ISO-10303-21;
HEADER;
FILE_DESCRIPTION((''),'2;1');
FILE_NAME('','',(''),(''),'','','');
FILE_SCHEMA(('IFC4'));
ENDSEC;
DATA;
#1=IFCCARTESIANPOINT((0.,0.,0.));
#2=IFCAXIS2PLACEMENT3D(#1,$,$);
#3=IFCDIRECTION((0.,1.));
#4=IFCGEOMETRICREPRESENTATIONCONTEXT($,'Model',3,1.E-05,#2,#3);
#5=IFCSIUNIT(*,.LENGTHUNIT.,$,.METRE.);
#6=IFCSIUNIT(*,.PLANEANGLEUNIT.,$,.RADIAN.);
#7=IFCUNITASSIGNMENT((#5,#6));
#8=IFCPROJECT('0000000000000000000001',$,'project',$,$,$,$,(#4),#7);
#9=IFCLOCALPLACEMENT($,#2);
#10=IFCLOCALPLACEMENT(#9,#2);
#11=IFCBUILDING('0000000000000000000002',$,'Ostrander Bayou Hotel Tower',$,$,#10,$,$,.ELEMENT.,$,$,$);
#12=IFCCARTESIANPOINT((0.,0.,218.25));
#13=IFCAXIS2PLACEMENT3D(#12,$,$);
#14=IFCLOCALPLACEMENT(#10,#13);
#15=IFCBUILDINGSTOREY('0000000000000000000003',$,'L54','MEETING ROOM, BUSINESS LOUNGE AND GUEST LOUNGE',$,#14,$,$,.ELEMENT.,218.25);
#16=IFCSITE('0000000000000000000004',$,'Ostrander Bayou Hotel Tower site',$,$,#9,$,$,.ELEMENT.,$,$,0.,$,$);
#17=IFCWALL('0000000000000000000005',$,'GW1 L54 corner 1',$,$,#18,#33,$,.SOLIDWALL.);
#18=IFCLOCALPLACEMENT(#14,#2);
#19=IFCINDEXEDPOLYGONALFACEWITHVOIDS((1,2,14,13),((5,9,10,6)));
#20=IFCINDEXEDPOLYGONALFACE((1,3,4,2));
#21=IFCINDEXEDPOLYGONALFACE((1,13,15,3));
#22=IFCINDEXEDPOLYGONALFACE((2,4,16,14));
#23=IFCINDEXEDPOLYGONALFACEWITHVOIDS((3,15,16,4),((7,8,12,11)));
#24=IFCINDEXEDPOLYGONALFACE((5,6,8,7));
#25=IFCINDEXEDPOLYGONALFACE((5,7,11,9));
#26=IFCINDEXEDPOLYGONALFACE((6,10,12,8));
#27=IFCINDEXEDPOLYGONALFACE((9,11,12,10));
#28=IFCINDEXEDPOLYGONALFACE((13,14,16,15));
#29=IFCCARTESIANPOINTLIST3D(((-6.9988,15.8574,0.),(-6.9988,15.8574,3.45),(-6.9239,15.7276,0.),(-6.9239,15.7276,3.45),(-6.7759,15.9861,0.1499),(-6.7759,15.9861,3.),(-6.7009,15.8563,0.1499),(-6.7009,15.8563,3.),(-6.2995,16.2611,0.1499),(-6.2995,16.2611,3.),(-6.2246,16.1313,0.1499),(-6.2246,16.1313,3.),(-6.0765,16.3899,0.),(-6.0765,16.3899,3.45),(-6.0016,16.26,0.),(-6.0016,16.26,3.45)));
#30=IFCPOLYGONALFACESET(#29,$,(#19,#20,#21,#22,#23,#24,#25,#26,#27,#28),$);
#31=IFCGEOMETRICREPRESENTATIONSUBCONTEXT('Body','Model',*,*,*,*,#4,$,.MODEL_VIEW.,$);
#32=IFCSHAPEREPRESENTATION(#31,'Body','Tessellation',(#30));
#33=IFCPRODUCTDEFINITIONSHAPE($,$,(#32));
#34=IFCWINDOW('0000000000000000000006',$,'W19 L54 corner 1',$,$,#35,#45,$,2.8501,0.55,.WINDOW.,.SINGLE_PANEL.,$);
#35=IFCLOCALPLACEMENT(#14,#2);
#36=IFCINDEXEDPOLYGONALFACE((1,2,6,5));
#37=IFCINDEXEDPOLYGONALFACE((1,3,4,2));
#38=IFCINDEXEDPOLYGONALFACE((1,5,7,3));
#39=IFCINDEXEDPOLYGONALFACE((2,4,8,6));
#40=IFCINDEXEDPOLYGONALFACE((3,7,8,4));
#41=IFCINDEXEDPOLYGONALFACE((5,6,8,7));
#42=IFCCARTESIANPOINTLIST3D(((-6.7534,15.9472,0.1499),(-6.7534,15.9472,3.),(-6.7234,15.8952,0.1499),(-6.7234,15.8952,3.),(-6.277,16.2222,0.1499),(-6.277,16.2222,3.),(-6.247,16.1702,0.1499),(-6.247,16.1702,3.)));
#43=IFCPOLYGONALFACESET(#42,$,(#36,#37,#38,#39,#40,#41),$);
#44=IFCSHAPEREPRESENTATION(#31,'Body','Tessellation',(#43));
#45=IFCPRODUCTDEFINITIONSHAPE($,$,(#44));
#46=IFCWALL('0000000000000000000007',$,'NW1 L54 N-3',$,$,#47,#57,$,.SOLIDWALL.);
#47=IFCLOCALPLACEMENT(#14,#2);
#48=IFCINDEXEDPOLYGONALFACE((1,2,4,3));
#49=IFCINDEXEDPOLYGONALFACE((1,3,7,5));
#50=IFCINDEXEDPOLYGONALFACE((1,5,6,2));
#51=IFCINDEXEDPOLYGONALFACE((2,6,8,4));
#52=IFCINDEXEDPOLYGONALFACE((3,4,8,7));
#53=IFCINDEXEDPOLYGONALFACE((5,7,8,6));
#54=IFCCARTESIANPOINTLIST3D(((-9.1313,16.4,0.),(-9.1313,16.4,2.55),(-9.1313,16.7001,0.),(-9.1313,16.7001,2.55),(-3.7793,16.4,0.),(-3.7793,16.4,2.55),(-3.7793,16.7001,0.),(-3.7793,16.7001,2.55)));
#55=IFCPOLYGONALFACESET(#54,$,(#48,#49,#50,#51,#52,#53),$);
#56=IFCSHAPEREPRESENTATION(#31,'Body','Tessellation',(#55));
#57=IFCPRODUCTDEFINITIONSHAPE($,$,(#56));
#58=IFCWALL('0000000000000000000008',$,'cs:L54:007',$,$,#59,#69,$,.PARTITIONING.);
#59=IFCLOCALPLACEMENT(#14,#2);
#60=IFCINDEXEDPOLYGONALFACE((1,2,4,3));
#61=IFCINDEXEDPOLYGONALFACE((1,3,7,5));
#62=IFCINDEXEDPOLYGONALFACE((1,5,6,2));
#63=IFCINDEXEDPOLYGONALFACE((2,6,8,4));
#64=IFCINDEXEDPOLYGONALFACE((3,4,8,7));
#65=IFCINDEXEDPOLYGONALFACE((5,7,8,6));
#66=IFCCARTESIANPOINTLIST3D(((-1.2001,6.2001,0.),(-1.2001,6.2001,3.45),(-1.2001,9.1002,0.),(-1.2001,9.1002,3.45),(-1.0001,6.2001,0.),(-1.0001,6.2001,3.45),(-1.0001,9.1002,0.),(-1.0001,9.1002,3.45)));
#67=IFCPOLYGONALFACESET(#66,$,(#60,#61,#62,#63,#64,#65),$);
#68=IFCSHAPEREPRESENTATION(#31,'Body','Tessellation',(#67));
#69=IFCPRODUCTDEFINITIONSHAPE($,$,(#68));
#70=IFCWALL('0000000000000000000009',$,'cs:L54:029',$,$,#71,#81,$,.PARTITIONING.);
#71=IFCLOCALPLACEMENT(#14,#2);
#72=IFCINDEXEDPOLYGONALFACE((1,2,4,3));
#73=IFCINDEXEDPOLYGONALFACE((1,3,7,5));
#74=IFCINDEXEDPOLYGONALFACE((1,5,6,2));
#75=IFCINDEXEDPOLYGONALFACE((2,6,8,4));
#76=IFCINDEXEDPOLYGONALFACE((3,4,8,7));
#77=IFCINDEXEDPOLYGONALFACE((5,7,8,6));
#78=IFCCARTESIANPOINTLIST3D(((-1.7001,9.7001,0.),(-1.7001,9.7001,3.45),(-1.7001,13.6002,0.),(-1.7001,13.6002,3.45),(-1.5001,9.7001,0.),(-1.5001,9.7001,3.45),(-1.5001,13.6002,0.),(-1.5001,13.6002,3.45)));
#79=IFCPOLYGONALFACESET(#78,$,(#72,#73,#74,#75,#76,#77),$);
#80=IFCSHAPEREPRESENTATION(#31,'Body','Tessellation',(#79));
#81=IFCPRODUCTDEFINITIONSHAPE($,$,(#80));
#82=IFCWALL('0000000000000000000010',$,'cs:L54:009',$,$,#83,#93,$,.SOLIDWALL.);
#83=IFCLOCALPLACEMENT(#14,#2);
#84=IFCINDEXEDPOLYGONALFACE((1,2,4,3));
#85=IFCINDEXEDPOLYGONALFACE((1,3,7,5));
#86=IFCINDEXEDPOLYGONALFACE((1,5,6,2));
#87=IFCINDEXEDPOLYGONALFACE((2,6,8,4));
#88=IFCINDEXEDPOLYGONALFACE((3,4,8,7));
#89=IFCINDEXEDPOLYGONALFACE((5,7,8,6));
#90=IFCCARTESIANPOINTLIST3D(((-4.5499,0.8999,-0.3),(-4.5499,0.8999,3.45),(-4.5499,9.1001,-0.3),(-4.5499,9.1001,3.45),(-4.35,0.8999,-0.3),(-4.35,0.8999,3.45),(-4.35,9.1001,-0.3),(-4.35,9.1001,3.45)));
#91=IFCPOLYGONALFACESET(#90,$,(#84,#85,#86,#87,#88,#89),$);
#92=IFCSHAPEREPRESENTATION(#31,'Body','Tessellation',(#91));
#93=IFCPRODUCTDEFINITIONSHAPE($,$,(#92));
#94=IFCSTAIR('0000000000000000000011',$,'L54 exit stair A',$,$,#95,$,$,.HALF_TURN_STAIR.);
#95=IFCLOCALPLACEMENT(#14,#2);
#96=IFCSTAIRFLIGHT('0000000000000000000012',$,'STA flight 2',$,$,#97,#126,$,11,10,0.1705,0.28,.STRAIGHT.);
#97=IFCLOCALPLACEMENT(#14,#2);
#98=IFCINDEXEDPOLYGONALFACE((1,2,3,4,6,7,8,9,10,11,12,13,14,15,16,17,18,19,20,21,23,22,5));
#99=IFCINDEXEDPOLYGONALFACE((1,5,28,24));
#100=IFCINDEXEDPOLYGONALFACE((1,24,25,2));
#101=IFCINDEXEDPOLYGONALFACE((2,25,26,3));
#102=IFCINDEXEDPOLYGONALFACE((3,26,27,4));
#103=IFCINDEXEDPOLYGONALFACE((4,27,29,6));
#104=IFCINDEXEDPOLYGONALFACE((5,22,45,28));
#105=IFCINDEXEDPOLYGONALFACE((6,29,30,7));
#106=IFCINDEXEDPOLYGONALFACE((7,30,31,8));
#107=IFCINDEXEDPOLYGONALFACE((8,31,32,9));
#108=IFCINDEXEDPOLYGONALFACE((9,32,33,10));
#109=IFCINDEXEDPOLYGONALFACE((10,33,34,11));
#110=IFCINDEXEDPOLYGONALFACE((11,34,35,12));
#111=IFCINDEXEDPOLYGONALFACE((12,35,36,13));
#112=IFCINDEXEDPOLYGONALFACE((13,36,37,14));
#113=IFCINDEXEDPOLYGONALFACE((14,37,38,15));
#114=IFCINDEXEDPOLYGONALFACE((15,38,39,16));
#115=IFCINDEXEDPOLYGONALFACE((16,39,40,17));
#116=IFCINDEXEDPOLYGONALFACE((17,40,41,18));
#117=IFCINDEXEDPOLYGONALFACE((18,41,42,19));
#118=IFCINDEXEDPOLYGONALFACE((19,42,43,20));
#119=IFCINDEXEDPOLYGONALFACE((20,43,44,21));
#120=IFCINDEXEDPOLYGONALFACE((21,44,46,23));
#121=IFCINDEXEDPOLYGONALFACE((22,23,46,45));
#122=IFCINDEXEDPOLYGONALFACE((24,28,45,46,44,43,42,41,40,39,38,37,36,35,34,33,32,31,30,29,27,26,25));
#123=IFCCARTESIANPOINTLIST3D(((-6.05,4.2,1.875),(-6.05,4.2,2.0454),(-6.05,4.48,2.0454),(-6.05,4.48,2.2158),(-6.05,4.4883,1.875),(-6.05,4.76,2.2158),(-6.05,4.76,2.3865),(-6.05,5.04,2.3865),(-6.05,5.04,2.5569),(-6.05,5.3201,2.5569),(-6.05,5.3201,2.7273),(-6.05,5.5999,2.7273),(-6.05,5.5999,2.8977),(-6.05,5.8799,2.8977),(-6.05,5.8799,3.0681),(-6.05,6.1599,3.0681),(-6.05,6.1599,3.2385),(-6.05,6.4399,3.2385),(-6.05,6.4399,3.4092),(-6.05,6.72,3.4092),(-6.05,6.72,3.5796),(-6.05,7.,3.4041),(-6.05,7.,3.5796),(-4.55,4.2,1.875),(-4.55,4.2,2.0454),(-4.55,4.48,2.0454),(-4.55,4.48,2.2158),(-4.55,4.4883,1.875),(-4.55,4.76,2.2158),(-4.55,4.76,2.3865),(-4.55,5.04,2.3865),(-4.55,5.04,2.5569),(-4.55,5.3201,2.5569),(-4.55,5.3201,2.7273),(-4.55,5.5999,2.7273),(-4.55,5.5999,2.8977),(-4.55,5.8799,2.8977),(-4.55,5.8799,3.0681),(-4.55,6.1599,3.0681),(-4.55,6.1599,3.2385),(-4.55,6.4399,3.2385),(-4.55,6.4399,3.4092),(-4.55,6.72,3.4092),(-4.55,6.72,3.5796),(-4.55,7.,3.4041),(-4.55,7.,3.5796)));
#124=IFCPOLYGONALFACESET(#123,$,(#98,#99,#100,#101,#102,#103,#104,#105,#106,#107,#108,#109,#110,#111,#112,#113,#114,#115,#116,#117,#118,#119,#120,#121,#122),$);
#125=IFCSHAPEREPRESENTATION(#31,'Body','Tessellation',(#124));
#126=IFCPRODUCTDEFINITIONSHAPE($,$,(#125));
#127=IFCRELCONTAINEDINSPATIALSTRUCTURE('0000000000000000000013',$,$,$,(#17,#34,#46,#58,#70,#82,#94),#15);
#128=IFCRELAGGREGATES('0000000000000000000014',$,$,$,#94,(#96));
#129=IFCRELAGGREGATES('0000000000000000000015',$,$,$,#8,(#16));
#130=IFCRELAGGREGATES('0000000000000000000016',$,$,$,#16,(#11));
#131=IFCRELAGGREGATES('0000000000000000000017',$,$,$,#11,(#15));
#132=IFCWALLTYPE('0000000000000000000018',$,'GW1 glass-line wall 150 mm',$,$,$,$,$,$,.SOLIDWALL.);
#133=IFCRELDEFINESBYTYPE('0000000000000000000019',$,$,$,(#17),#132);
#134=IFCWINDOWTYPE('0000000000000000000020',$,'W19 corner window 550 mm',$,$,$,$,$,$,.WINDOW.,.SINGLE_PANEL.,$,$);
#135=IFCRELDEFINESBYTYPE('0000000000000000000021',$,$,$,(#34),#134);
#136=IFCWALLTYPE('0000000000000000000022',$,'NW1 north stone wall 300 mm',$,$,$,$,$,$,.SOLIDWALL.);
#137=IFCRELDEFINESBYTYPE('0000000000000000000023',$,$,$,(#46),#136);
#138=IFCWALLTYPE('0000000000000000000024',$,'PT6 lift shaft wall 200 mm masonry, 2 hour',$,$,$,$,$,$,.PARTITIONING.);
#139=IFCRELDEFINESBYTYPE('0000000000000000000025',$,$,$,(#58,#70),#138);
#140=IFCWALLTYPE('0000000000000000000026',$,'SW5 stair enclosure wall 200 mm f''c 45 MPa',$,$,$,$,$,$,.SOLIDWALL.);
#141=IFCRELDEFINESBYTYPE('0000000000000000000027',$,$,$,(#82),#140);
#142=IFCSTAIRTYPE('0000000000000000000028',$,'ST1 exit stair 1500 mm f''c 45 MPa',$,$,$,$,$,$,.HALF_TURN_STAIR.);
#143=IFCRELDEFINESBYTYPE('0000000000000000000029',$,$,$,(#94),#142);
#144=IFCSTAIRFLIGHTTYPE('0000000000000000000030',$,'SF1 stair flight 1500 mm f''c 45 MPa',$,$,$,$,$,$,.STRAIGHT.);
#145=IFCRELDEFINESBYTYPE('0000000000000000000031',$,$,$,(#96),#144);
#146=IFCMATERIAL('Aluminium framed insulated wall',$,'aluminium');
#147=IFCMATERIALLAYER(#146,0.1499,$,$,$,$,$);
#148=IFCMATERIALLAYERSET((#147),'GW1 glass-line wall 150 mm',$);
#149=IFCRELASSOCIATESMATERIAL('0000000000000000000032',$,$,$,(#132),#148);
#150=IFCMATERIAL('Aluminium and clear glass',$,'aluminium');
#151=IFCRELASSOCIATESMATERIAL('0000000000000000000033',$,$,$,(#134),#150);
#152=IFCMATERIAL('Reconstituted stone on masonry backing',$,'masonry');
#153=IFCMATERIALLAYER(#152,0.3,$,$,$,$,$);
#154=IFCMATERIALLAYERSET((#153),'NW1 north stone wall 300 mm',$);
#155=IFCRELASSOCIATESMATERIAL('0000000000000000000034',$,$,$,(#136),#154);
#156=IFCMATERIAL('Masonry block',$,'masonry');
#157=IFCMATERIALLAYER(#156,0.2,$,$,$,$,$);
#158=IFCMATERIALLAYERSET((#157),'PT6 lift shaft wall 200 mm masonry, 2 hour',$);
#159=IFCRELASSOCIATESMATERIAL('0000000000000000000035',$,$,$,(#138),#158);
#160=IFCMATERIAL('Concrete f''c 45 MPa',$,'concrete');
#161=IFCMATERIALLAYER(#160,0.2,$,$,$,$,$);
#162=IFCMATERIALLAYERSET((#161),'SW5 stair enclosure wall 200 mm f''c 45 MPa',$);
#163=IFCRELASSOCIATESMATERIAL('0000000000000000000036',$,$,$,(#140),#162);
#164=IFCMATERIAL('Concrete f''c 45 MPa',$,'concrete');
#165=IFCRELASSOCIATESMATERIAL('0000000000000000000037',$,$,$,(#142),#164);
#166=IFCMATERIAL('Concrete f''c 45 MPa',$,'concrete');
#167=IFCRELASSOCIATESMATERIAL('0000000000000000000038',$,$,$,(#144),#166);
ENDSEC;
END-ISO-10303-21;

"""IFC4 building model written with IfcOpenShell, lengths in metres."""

from ifc_helpers import new_model, si_unit, direction, frame, frame_2d, origin, place, context, subcontext, project, spatial, polyline, rectangle, outline, extrude, material, layer, layer_set, type_object, element, fill, aggregate, save


model = new_model("IFC4")

# Units and contexts
model_context = context("Model", 3, precision=1e-05, world=origin(), true_north=direction((0.0, 1.0)))
body_context = subcontext(model_context, "Body", "Model", "MODEL_VIEW")
ifc_project = project(units=[si_unit("LENGTHUNIT", "METRE"), si_unit("PLANEANGLEUNIT", "RADIAN")], contexts=[model_context])

# Site, building, storey
site_placement = place(None, origin())
site = spatial("IfcSite", under=ifc_project, at=site_placement, Name="Ostrander Bayou Hotel Tower site", CompositionType="ELEMENT", RefElevation=0.0)
building_placement = place(site_placement, origin())
building = spatial("IfcBuilding", under=site, at=building_placement, Name="Ostrander Bayou Hotel Tower", CompositionType="ELEMENT")
storey_placement = place(building_placement, frame((0.0, 0.0, 218.25)))
storey = spatial("IfcBuildingStorey", under=building, at=storey_placement, Name="L54", Description="MEETING ROOM, BUSINESS LOUNGE AND GUEST LOUNGE", CompositionType="ELEMENT", Elevation=218.25)

# Wall, opening, window
ifc_material_1 = material(Name="Aluminium framed insulated wall", Category="aluminium")
ifc_layer_1 = layer(ifc_material_1, 0.1499)
ifc_layer_set_1 = layer_set([ifc_layer_1], Name="GW1 glass-line wall 150 mm")
wall_type_1 = type_object("IfcWallType", Name="GW1 glass-line wall 150 mm", PredefinedType="SOLIDWALL", material=ifc_layer_set_1)
wall_1_placement = place(storey_placement, frame((-6.0391, 16.325, 0.0), z_axis=(0.0, 0.0, 1.0), x_axis=(-0.866048, -0.499961, 0.0)))
wall_1 = element("IfcWall", 1, at=wall_1_placement, inside=storey, type_object=wall_type_1, Name="GW1 L54 corner 1", PredefinedType="SOLIDWALL", context=body_context, shape_type="SweptSolid", body=[
    extrude(rectangle(XDim=1.0649, YDim=0.1499, at=frame_2d((0.5325, 0.0))), origin(), (0.0, 0.0, 1.0), 3.45),
])
opening_1_placement = place(wall_1_placement, frame((0.2576, 0.0, 0.1499)))
opening_1 = element("IfcOpeningElement", 2, at=opening_1_placement, cuts=wall_1, PredefinedType="OPENING", context=body_context, shape_type="SweptSolid", body=[
    extrude(rectangle(XDim=0.55, YDim=2.8501, at=frame_2d((0.2749, 1.425))), frame((0.0, 0.075, 0.0), z_axis=(0.0, -1.0, 0.0), x_axis=(1.0, 0.0, 0.0)), (0.0, 0.0, 1.0), 0.1499),
])
ifc_material_2 = material(Name="Aluminium and clear glass", Category="aluminium")
window_type = type_object("IfcWindowType", Name="W19 corner window 550 mm", PartitioningType="SINGLE_PANEL", PredefinedType="WINDOW", material=ifc_material_2)
window_placement = place(opening_1_placement, origin())
window = element("IfcWindow", 3, at=window_placement, inside=storey, type_object=window_type, Name="W19 L54 corner 1", OverallHeight=2.8501, OverallWidth=0.55, PartitioningType="SINGLE_PANEL", PredefinedType="WINDOW", context=body_context, shape_type="SweptSolid", body=[
    extrude(rectangle(XDim=0.55, YDim=2.8501, at=frame_2d((0.2749, 1.425))), frame((0.0, 0.03, 0.0), z_axis=(0.0, -1.0, 0.0), x_axis=(1.0, 0.0, 0.0)), (0.0, 0.0, 1.0), 0.0601),
])
fill(opening_1, window)

# Wall
ifc_material_3 = material(Name="Reconstituted stone on masonry backing", Category="masonry")
ifc_layer_2 = layer(ifc_material_3, 0.3)
ifc_layer_set_2 = layer_set([ifc_layer_2], Name="NW1 north stone wall 300 mm")
wall_type_2 = type_object("IfcWallType", Name="NW1 north stone wall 300 mm", PredefinedType="SOLIDWALL", material=ifc_layer_set_2)
wall_2_placement = place(storey_placement, frame((-3.7793, 16.55, 0.0), z_axis=(0.0, 0.0, 1.0), x_axis=(-1.0, 0.0, 0.0)))
element("IfcWall", 4, at=wall_2_placement, inside=storey, type_object=wall_type_2, Name="NW1 L54 N-3", PredefinedType="SOLIDWALL", context=body_context, shape_type="SweptSolid", body=[
    extrude(rectangle(XDim=5.3521, YDim=0.3, at=frame_2d((2.676, 0.0))), origin(), (0.0, 0.0, 1.0), 2.55),
])

# Shared definitions
ifc_material_4 = material(Name="Masonry block", Category="masonry")
ifc_layer_3 = layer(ifc_material_4, 0.2)
ifc_layer_set_3 = layer_set([ifc_layer_3], Name="PT6 lift shaft wall 200 mm masonry, 2 hour")
wall_type_3 = type_object("IfcWallType", Name="PT6 lift shaft wall 200 mm masonry, 2 hour", PredefinedType="PARTITIONING", material=ifc_layer_set_3)

# Walls
wall_3_placement = place(storey_placement, frame((-1.1001, 6.2, 0.0), z_axis=(0.0, 0.0, 1.0), x_axis=(0.0, 1.0, 0.0)))
element("IfcWall", 5, at=wall_3_placement, inside=storey, type_object=wall_type_3, Name="cs:L54:007", PredefinedType="PARTITIONING", context=body_context, shape_type="SweptSolid", body=[
    extrude(rectangle(XDim=2.9001, YDim=0.2, at=frame_2d((1.4502, 0.0))), origin(), (0.0, 0.0, 1.0), 3.45),
])
wall_4_placement = place(storey_placement, frame((-1.6001, 9.7, 0.0), z_axis=(0.0, 0.0, 1.0), x_axis=(0.0, 1.0, 0.0)))
element("IfcWall", 6, at=wall_4_placement, inside=storey, type_object=wall_type_3, Name="cs:L54:029", PredefinedType="PARTITIONING", context=body_context, shape_type="SweptSolid", body=[
    extrude(rectangle(XDim=3.9001, YDim=0.2, at=frame_2d((1.9502, 0.0))), origin(), (0.0, 0.0, 1.0), 3.45),
])
ifc_material_5 = material(Name="Concrete f'c 45 MPa", Category="concrete")
ifc_layer_4 = layer(ifc_material_5, 0.2)
ifc_layer_set_4 = layer_set([ifc_layer_4], Name="SW5 stair enclosure wall 200 mm f'c 45 MPa")
wall_type_4 = type_object("IfcWallType", Name="SW5 stair enclosure wall 200 mm f'c 45 MPa", PredefinedType="SOLIDWALL", material=ifc_layer_set_4)
wall_5_placement = place(storey_placement, frame((-4.45, 0.8999, -0.3), z_axis=(0.0, 0.0, 1.0), x_axis=(0.0, 1.0, 0.0)))
element("IfcWall", 7, at=wall_5_placement, inside=storey, type_object=wall_type_4, Name="cs:L54:009", PredefinedType="SOLIDWALL", context=body_context, shape_type="SweptSolid", body=[
    extrude(rectangle(XDim=8.2002, YDim=0.2, at=frame_2d((4.1001, 0.0))), origin(), (0.0, 0.0, 1.0), 3.75),
])

# Stair, stair flight
ifc_material_6 = material(Name="Concrete f'c 45 MPa", Category="concrete")
stair_type = type_object("IfcStairType", Name="ST1 exit stair 1500 mm f'c 45 MPa", PredefinedType="HALF_TURN_STAIR", material=ifc_material_6)
stair_placement = place(storey_placement, origin())
stair = element("IfcStair", 8, at=stair_placement, inside=storey, type_object=stair_type, Name="L54 exit stair A", PredefinedType="HALF_TURN_STAIR")
ifc_material_7 = material(Name="Concrete f'c 45 MPa", Category="concrete")
stair_flight_type = type_object("IfcStairFlightType", Name="SF1 stair flight 1500 mm f'c 45 MPa", PredefinedType="STRAIGHT", material=ifc_material_7)
stair_flight_placement = place(storey_placement, frame((-5.3, 4.2, 1.875), z_axis=(0.0, 0.0, 1.0), x_axis=(0.0, 1.0, 0.0)))
stair_flight = element("IfcStairFlight", 9, at=stair_flight_placement, type_object=stair_flight_type, Name="STA flight 2", NumberOfRisers=11, NumberOfTreads=10, PredefinedType="STRAIGHT", RiserHeight=0.1705, TreadLength=0.28, context=body_context, shape_type="SweptSolid", body=[
    extrude(outline(polyline([(0.0, 0.0), (0.0, 0.1704), (0.28, 0.1704), (0.28, 0.3408), (0.5601, 0.3408), (0.5601, 0.5115), (0.8401, 0.5115), (0.8401, 0.6819), (1.1201, 0.6819), (1.1201, 0.8523), (1.3999, 0.8523), (1.3999, 1.0227), (1.6799, 1.0227), (1.6799, 1.1931), (1.96, 1.1931), (1.96, 1.3635), (2.24, 1.3635), (2.24, 1.5342), (2.52, 1.5342), (2.52, 1.7046), (2.8, 1.7046), (2.8, 1.875), (2.8, 1.5291), (0.2883, 0.0), (0.0, 0.0)])), frame((0.0, 0.75, 0.0), z_axis=(0.0, -1.0, 0.0), x_axis=(1.0, 0.0, 0.0)), (0.0, 0.0, 1.0), 1.5),
])
aggregate(stair, [stair_flight])

save(model, "model.ifc")
